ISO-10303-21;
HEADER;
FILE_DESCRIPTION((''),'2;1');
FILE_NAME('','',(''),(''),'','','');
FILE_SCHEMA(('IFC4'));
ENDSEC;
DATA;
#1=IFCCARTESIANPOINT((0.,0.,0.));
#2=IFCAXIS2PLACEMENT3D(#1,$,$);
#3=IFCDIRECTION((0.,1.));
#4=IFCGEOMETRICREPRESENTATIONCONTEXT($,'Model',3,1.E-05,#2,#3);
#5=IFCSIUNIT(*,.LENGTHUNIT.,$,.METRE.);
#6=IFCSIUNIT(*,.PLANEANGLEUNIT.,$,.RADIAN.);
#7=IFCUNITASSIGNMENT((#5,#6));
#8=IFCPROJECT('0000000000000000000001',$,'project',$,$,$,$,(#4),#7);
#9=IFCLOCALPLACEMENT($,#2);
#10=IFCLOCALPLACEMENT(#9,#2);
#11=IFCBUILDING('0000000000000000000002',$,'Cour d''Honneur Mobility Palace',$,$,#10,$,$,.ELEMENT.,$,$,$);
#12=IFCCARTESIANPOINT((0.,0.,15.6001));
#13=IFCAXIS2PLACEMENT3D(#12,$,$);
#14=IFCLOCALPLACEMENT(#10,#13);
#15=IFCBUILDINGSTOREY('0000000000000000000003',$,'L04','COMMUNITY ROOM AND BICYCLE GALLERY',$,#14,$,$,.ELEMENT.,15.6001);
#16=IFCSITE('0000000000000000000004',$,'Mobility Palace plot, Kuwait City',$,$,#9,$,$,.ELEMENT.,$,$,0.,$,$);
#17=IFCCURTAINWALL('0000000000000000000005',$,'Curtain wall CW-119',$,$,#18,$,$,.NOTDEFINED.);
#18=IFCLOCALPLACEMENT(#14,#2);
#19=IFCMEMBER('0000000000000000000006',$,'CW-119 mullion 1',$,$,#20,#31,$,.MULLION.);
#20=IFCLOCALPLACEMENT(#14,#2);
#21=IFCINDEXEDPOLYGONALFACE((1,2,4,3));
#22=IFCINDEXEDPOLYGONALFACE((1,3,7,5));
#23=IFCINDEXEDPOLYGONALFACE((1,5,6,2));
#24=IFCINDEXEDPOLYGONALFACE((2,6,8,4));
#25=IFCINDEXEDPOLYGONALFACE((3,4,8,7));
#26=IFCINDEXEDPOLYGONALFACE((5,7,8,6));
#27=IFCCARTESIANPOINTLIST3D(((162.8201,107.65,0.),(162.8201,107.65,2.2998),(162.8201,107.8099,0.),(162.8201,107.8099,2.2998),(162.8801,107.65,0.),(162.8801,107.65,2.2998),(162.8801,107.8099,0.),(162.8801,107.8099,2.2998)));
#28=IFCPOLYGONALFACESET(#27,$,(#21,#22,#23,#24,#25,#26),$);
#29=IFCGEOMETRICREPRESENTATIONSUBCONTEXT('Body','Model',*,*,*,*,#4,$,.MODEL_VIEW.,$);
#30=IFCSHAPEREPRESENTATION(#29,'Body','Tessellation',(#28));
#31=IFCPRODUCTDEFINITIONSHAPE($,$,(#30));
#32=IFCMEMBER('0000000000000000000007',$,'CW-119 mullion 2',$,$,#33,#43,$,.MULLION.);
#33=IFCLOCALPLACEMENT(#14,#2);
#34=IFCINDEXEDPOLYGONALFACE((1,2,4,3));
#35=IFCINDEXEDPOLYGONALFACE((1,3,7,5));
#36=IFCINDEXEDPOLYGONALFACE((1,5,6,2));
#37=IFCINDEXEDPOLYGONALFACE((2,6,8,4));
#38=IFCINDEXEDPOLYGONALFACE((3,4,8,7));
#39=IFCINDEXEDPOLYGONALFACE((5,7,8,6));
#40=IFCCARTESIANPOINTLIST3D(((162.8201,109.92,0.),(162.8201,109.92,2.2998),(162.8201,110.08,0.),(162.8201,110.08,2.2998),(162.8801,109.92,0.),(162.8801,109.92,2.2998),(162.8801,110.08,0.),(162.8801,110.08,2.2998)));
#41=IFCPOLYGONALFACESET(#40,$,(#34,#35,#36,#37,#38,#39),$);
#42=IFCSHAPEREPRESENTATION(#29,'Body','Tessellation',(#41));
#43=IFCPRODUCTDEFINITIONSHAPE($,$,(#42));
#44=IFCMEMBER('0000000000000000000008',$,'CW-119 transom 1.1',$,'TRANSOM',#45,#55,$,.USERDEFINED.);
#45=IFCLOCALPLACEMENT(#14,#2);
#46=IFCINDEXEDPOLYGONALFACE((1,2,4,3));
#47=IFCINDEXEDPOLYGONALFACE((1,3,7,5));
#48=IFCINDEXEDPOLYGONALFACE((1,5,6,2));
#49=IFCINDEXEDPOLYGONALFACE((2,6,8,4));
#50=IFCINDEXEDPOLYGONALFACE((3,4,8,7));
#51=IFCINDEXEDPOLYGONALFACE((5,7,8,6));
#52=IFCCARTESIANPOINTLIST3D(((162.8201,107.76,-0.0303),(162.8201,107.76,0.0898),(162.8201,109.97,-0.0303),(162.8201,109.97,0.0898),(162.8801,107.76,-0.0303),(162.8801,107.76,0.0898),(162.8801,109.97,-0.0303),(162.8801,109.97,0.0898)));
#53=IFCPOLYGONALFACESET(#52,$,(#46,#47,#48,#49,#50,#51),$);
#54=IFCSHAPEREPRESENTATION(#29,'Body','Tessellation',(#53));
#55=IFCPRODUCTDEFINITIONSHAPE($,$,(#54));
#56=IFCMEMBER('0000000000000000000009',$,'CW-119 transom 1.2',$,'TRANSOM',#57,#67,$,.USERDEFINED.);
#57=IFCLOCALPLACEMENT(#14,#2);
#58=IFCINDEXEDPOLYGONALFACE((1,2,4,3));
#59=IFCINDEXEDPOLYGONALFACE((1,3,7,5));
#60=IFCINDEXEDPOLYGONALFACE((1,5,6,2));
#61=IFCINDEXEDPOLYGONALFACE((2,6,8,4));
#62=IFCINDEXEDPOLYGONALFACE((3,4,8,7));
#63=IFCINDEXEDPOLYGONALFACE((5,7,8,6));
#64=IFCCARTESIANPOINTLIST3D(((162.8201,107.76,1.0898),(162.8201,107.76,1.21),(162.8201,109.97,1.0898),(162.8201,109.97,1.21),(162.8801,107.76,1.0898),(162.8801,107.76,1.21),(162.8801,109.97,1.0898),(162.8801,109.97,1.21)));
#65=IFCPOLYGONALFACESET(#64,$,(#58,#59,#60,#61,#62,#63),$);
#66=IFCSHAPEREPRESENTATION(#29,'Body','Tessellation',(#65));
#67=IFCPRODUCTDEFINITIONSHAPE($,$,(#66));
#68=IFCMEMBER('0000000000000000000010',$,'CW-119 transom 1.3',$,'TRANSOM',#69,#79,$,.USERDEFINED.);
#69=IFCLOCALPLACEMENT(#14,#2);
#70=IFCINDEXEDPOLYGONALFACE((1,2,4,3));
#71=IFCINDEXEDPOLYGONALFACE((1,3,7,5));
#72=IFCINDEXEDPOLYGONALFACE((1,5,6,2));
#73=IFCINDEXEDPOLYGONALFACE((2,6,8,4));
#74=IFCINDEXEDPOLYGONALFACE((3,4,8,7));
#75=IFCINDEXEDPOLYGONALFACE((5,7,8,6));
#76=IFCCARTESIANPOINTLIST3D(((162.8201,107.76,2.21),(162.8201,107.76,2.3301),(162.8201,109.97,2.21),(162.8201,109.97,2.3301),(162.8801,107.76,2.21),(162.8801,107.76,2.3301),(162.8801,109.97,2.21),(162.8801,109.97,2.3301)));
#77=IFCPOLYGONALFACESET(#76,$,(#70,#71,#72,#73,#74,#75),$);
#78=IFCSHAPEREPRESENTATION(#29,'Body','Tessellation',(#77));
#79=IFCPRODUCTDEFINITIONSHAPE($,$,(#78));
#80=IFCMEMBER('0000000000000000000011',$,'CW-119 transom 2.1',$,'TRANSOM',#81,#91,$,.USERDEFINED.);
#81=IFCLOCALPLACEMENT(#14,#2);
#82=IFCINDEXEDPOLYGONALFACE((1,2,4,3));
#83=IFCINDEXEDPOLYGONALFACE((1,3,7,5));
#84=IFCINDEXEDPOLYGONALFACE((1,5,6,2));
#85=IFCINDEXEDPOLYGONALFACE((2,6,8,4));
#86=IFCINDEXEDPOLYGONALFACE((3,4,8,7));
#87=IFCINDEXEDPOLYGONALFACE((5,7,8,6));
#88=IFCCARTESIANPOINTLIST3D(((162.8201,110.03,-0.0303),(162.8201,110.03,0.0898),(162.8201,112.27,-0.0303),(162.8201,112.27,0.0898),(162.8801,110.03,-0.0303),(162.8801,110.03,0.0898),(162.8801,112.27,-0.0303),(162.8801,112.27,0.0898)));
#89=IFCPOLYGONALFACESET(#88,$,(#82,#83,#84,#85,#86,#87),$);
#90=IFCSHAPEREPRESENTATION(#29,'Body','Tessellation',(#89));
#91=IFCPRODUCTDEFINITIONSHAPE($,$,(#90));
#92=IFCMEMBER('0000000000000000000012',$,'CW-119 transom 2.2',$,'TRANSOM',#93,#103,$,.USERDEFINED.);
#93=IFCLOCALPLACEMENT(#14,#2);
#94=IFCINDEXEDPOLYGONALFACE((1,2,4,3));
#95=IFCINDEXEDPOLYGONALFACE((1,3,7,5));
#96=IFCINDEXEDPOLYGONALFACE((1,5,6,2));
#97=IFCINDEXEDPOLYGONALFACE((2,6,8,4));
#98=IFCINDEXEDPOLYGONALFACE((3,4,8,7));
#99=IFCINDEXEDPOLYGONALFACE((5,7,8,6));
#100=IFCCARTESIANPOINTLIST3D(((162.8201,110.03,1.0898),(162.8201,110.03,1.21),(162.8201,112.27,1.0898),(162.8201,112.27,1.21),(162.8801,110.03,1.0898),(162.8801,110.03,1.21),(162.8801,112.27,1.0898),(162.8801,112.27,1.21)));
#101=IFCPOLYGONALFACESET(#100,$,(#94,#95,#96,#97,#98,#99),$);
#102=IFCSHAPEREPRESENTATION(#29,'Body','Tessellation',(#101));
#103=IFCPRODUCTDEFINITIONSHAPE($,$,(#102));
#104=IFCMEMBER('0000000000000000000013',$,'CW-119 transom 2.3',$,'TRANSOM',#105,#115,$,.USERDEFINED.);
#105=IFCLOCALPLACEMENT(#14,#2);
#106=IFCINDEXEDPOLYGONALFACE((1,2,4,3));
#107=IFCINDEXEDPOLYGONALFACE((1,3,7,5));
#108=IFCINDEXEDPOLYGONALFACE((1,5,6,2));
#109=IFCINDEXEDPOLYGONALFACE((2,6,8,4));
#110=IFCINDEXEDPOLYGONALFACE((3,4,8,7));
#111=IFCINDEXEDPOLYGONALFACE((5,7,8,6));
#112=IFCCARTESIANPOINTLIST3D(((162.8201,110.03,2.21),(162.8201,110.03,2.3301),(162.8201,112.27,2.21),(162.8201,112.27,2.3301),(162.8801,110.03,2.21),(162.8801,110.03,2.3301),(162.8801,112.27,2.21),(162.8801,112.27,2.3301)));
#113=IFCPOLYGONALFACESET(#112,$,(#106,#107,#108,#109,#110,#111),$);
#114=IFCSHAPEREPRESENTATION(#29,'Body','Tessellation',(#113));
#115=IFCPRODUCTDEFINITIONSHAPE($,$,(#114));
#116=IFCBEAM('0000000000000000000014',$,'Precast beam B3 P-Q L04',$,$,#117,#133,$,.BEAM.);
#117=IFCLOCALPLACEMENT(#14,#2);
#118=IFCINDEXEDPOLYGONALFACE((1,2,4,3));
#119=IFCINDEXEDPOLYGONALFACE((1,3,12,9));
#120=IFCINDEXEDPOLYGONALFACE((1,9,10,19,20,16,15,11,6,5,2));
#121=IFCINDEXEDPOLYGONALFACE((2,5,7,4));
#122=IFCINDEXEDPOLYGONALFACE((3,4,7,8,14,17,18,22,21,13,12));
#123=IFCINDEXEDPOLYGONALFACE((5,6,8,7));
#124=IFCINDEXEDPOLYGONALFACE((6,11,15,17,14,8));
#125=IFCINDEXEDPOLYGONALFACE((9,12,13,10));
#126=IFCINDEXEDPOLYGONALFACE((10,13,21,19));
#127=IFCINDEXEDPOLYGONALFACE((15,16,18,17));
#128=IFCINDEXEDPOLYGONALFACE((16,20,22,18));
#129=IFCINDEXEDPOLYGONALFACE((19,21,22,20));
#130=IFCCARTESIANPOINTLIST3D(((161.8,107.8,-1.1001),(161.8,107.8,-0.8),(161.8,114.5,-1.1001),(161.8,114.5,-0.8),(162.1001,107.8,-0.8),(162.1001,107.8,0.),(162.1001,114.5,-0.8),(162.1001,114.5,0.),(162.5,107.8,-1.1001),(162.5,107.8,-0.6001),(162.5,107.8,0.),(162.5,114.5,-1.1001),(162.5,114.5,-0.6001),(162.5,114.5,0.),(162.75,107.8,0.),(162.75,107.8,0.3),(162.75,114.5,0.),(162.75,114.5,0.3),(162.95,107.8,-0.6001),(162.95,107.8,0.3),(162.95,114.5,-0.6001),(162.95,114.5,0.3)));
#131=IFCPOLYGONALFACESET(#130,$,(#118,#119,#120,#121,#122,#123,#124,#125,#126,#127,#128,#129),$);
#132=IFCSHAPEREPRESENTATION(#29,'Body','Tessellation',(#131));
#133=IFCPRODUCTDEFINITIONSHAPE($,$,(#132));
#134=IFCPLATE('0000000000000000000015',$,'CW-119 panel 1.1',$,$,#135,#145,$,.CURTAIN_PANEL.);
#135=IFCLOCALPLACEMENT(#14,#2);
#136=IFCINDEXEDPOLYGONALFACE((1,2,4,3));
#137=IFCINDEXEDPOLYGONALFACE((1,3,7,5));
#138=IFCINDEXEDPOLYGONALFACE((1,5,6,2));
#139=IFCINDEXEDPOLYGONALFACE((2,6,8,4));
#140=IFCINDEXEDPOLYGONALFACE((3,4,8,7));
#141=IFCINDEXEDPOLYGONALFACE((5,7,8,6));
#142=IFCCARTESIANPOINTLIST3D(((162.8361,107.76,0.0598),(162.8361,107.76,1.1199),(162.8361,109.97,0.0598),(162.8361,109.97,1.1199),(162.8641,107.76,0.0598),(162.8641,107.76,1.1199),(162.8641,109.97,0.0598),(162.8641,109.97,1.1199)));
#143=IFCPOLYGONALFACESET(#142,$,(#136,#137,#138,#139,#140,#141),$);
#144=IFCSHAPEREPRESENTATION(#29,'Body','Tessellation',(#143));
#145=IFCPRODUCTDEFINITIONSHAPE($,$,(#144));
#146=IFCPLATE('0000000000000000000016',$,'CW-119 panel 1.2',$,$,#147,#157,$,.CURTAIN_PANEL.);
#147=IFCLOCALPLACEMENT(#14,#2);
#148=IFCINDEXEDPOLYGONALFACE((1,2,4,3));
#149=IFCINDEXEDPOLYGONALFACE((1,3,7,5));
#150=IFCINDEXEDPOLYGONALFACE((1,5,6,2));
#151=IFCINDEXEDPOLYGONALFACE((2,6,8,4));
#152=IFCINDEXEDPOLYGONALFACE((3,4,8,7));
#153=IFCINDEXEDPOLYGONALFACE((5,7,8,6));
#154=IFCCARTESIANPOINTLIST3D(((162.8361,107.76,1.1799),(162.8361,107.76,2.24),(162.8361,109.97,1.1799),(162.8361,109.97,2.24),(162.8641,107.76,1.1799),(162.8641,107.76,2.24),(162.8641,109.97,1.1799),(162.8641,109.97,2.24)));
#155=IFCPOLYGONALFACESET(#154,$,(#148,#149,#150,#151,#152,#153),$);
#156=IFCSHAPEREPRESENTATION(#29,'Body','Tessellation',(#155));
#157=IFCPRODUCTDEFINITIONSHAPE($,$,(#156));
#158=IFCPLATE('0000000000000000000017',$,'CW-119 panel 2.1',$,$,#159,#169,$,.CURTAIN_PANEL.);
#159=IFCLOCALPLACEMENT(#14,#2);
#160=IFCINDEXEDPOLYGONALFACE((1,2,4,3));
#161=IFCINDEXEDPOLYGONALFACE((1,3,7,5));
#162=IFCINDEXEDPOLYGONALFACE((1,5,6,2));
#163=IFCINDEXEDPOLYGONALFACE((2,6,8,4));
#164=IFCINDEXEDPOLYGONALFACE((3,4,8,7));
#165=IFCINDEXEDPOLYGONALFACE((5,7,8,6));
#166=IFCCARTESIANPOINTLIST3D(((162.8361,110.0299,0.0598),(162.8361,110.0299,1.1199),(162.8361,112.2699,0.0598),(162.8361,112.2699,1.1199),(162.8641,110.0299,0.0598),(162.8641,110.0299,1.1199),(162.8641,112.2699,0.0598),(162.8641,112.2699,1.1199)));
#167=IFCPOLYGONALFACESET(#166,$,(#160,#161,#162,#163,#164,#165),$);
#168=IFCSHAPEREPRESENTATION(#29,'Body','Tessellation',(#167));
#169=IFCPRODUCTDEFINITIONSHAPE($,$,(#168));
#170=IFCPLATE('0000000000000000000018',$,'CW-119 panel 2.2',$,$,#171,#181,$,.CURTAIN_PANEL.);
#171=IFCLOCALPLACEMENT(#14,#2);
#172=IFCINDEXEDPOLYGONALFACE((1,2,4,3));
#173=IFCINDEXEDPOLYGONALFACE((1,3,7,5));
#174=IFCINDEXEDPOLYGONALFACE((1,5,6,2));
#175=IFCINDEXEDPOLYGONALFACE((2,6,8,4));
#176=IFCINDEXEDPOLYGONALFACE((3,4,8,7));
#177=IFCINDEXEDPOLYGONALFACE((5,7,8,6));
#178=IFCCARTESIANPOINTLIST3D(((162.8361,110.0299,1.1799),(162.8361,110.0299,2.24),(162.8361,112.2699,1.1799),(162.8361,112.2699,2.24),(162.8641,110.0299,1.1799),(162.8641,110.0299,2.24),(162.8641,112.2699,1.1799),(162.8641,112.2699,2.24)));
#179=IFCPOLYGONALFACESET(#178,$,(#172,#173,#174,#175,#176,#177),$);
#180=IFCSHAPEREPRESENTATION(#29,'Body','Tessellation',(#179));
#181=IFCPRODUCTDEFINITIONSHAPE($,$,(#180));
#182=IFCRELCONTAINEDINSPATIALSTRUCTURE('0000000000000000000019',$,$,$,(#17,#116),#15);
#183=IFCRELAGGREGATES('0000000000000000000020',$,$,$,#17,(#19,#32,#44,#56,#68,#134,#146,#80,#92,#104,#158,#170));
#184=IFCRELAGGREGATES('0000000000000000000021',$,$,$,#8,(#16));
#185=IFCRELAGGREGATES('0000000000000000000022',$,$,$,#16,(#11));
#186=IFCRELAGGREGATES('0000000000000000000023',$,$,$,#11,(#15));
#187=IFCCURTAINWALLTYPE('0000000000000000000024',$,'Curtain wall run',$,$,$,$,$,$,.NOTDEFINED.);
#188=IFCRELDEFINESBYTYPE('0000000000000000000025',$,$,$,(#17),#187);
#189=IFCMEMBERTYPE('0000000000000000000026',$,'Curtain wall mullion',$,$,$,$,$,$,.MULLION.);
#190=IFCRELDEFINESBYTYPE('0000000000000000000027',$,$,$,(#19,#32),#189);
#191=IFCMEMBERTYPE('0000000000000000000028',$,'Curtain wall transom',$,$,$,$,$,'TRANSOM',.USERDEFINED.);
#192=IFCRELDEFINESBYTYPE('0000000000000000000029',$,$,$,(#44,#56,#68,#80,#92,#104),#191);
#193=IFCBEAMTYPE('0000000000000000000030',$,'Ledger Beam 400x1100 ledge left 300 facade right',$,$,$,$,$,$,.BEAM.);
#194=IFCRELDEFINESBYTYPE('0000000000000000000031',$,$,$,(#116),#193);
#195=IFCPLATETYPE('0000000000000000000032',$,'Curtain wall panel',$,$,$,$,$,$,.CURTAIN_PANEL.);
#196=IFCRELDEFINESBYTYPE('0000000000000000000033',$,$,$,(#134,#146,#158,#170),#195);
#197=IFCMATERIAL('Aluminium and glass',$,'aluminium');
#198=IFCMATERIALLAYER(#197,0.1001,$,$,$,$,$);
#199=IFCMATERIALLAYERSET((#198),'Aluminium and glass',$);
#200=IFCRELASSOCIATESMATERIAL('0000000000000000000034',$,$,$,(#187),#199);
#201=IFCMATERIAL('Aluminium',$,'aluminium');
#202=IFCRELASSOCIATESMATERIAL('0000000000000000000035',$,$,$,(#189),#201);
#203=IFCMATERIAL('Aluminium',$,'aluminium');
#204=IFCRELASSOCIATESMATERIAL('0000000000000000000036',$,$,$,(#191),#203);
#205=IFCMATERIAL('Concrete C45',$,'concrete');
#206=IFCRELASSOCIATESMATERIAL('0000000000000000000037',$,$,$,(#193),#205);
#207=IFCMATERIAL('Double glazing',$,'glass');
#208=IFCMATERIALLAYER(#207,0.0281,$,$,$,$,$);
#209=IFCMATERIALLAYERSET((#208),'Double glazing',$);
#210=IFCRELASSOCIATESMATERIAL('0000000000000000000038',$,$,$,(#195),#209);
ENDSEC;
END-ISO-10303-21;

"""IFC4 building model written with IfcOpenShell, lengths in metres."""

from ifc_helpers import new_model, si_unit, direction, frame, origin, origin_2d, place, context, subcontext, project, spatial, polyline, rectangle, outline, extrude, material, layer, layer_set, material_profile, profile_set, type_object, element, aggregate, save


model = new_model("IFC4")

# Units and contexts
model_context = context("Model", 3, precision=1e-05, world=origin(), true_north=direction((0.0, 1.0)))
body_context = subcontext(model_context, "Body", "Model", "MODEL_VIEW")
ifc_project = project(units=[si_unit("LENGTHUNIT", "METRE"), si_unit("PLANEANGLEUNIT", "RADIAN")], contexts=[model_context])

# Site, building, storey
site_placement = place(None, origin())
site = spatial("IfcSite", under=ifc_project, at=site_placement, Name="Mobility Palace plot, Kuwait City", CompositionType="ELEMENT", RefElevation=0.0)
building_placement = place(site_placement, origin())
building = spatial("IfcBuilding", under=site, at=building_placement, Name="Cour d'Honneur Mobility Palace", CompositionType="ELEMENT")
storey_placement = place(building_placement, frame((0.0, 0.0, 15.6001)))
storey = spatial("IfcBuildingStorey", under=building, at=storey_placement, Name="L04", Description="COMMUNITY ROOM AND BICYCLE GALLERY", CompositionType="ELEMENT", Elevation=15.6001)

# Curtain wall, members
ifc_material_1 = material(Name="Aluminium and glass", Category="aluminium")
ifc_layer_1 = layer(ifc_material_1, 0.1001)
ifc_layer_set_1 = layer_set([ifc_layer_1], Name="Aluminium and glass")
curtain_wall_type = type_object("IfcCurtainWallType", Name="Curtain wall run", PredefinedType="NOTDEFINED", material=ifc_layer_set_1)
curtain_wall_placement = place(storey_placement, origin())
curtain_wall = element("IfcCurtainWall", 1, at=curtain_wall_placement, inside=storey, type_object=curtain_wall_type, Name="Curtain wall CW-119", PredefinedType="NOTDEFINED")
ifc_material_2 = material(Name="Aluminium", Category="aluminium")
ifc_material_profile_1 = material_profile(ifc_material_2, rectangle(XDim=0.0601, YDim=0.1599, at=origin_2d()), Name="Curtain wall mullion")
ifc_profile_set_1 = profile_set([ifc_material_profile_1], Name="Aluminium")
member_type_1 = type_object("IfcMemberType", Name="Curtain wall mullion", PredefinedType="MULLION", material=ifc_profile_set_1)
member_1_placement = place(storey_placement, frame((162.8501, 107.73, 0.0), z_axis=(0.0, 0.0, 1.0), x_axis=(-1.0, 0.0, 0.0)))
member_1 = element("IfcMember", 2, at=member_1_placement, type_object=member_type_1, Name="CW-119 mullion 1", PredefinedType="MULLION", context=body_context, shape_type="SweptSolid", body=[
    extrude(rectangle(XDim=0.0601, YDim=0.1599, at=origin_2d()), origin(), (0.0, 0.0, 1.0), 2.2998),
])
member_2_placement = place(storey_placement, frame((162.8501, 110.0, 0.0), z_axis=(0.0, 0.0, 1.0), x_axis=(-1.0, 0.0, 0.0)))
member_2 = element("IfcMember", 3, at=member_2_placement, type_object=member_type_1, Name="CW-119 mullion 2", PredefinedType="MULLION", context=body_context, shape_type="SweptSolid", body=[
    extrude(rectangle(XDim=0.0601, YDim=0.1599, at=origin_2d()), origin(), (0.0, 0.0, 1.0), 2.2998),
])
ifc_material_3 = material(Name="Aluminium", Category="aluminium")
ifc_material_profile_2 = material_profile(ifc_material_3, rectangle(XDim=0.0601, YDim=0.1201, at=origin_2d()), Name="Curtain wall transom")
ifc_profile_set_2 = profile_set([ifc_material_profile_2], Name="Aluminium")
member_type_2 = type_object("IfcMemberType", Name="Curtain wall transom", ElementType="TRANSOM", PredefinedType="USERDEFINED", material=ifc_profile_set_2)
member_3_placement = place(storey_placement, frame((162.8501, 107.76, 0.0298), z_axis=(0.0, 1.0, 0.0), x_axis=(-1.0, 0.0, 0.0)))
member_3 = element("IfcMember", 4, at=member_3_placement, type_object=member_type_2, Name="CW-119 transom 1.1", ObjectType="TRANSOM", PredefinedType="USERDEFINED", context=body_context, shape_type="SweptSolid", body=[
    extrude(rectangle(XDim=0.0601, YDim=0.1201, at=origin_2d()), origin(), (0.0, 0.0, 1.0), 2.21),
])
member_4_placement = place(storey_placement, frame((162.8501, 107.76, 1.1499), z_axis=(0.0, 1.0, 0.0), x_axis=(-1.0, 0.0, 0.0)))
member_4 = element("IfcMember", 5, at=member_4_placement, type_object=member_type_2, Name="CW-119 transom 1.2", ObjectType="TRANSOM", PredefinedType="USERDEFINED", context=body_context, shape_type="SweptSolid", body=[
    extrude(rectangle(XDim=0.0601, YDim=0.1201, at=origin_2d()), origin(), (0.0, 0.0, 1.0), 2.21),
])
member_5_placement = place(storey_placement, frame((162.8501, 107.76, 2.27), z_axis=(0.0, 1.0, 0.0), x_axis=(-1.0, 0.0, 0.0)))
member_5 = element("IfcMember", 6, at=member_5_placement, type_object=member_type_2, Name="CW-119 transom 1.3", ObjectType="TRANSOM", PredefinedType="USERDEFINED", context=body_context, shape_type="SweptSolid", body=[
    extrude(rectangle(XDim=0.0601, YDim=0.1201, at=origin_2d()), origin(), (0.0, 0.0, 1.0), 2.21),
])
member_6_placement = place(storey_placement, frame((162.8501, 110.03, 0.0298), z_axis=(0.0, 1.0, 0.0), x_axis=(-1.0, 0.0, 0.0)))
member_6 = element("IfcMember", 7, at=member_6_placement, type_object=member_type_2, Name="CW-119 transom 2.1", ObjectType="TRANSOM", PredefinedType="USERDEFINED", context=body_context, shape_type="SweptSolid", body=[
    extrude(rectangle(XDim=0.0601, YDim=0.1201, at=origin_2d()), origin(), (0.0, 0.0, 1.0), 2.24),
])
member_7_placement = place(storey_placement, frame((162.8501, 110.03, 1.1499), z_axis=(0.0, 1.0, 0.0), x_axis=(-1.0, 0.0, 0.0)))
member_7 = element("IfcMember", 8, at=member_7_placement, type_object=member_type_2, Name="CW-119 transom 2.2", ObjectType="TRANSOM", PredefinedType="USERDEFINED", context=body_context, shape_type="SweptSolid", body=[
    extrude(rectangle(XDim=0.0601, YDim=0.1201, at=origin_2d()), origin(), (0.0, 0.0, 1.0), 2.24),
])
member_8_placement = place(storey_placement, frame((162.8501, 110.03, 2.27), z_axis=(0.0, 1.0, 0.0), x_axis=(-1.0, 0.0, 0.0)))
member_8 = element("IfcMember", 9, at=member_8_placement, type_object=member_type_2, Name="CW-119 transom 2.3", ObjectType="TRANSOM", PredefinedType="USERDEFINED", context=body_context, shape_type="SweptSolid", body=[
    extrude(rectangle(XDim=0.0601, YDim=0.1201, at=origin_2d()), origin(), (0.0, 0.0, 1.0), 2.24),
])

# Beam
ifc_material_4 = material(Name="Concrete C45", Category="concrete")
ifc_material_profile_3 = material_profile(ifc_material_4, outline(polyline([(0.5, -1.1001), (0.5, -0.8), (0.2, -0.8), (0.2, 0.0), (-0.2, 0.0), (-0.45, 0.0), (-0.45, 0.3), (-0.6499, 0.3), (-0.6499, -0.6001), (-0.2, -0.6001), (-0.2, -1.1001), (0.5, -1.1001)])), Name="Ledger Beam 400x1100 ledge left 300 facade right")
ifc_profile_set_3 = profile_set([ifc_material_profile_3], Name="Concrete C45")
beam_type = type_object("IfcBeamType", Name="Ledger Beam 400x1100 ledge left 300 facade right", PredefinedType="BEAM", material=ifc_profile_set_3)
beam_placement = place(storey_placement, frame((162.3, 107.8, 0.0), z_axis=(0.0, 1.0, 0.0), x_axis=(-1.0, 0.0, 0.0)))
element("IfcBeam", 10, at=beam_placement, inside=storey, type_object=beam_type, Name="Precast beam B3 P-Q L04", PredefinedType="BEAM", context=body_context, shape_type="SweptSolid", body=[
    extrude(outline(polyline([(0.5, -1.1001), (0.5, -0.8), (0.2, -0.8), (0.2, 0.0), (-0.2, 0.0), (-0.45, 0.0), (-0.45, 0.3), (-0.6499, 0.3), (-0.6499, -0.6001), (-0.2, -0.6001), (-0.2, -1.1001), (0.5, -1.1001)])), origin(), (0.0, 0.0, 1.0), 6.7),
])

# Plates
ifc_material_5 = material(Name="Double glazing", Category="glass")
ifc_layer_2 = layer(ifc_material_5, 0.0281)
ifc_layer_set_2 = layer_set([ifc_layer_2], Name="Double glazing")
plate_type = type_object("IfcPlateType", Name="Curtain wall panel", PredefinedType="CURTAIN_PANEL", material=ifc_layer_set_2)
plate_1_placement = place(storey_placement, frame((162.8501, 108.865, 0.0598), z_axis=(0.0, 0.0, 1.0), x_axis=(0.0, 1.0, 0.0)))
plate_1 = element("IfcPlate", 11, at=plate_1_placement, type_object=plate_type, Name="CW-119 panel 1.1", PredefinedType="CURTAIN_PANEL", context=body_context, shape_type="SweptSolid", body=[
    extrude(rectangle(XDim=2.21, YDim=0.0281, at=origin_2d()), origin(), (0.0, 0.0, 1.0), 1.0601),
])
plate_2_placement = place(storey_placement, frame((162.8501, 108.865, 1.1799), z_axis=(0.0, 0.0, 1.0), x_axis=(0.0, 1.0, 0.0)))
plate_2 = element("IfcPlate", 12, at=plate_2_placement, type_object=plate_type, Name="CW-119 panel 1.2", PredefinedType="CURTAIN_PANEL", context=body_context, shape_type="SweptSolid", body=[
    extrude(rectangle(XDim=2.21, YDim=0.0281, at=origin_2d()), origin(), (0.0, 0.0, 1.0), 1.0601),
])
plate_3_placement = place(storey_placement, frame((162.8501, 111.1499, 0.0598), z_axis=(0.0, 0.0, 1.0), x_axis=(0.0, 1.0, 0.0)))
plate_3 = element("IfcPlate", 13, at=plate_3_placement, type_object=plate_type, Name="CW-119 panel 2.1", PredefinedType="CURTAIN_PANEL", context=body_context, shape_type="SweptSolid", body=[
    extrude(rectangle(XDim=2.24, YDim=0.0281, at=origin_2d()), origin(), (0.0, 0.0, 1.0), 1.0601),
])
plate_4_placement = place(storey_placement, frame((162.8501, 111.1499, 1.1799), z_axis=(0.0, 0.0, 1.0), x_axis=(0.0, 1.0, 0.0)))
plate_4 = element("IfcPlate", 14, at=plate_4_placement, type_object=plate_type, Name="CW-119 panel 2.2", PredefinedType="CURTAIN_PANEL", context=body_context, shape_type="SweptSolid", body=[
    extrude(rectangle(XDim=2.24, YDim=0.0281, at=origin_2d()), origin(), (0.0, 0.0, 1.0), 1.0601),
])
aggregate(curtain_wall, [member_1, member_2, member_3, member_4, member_5, plate_1, plate_2, member_6, member_7, member_8, plate_3, plate_4])

save(model, "model.ifc")
